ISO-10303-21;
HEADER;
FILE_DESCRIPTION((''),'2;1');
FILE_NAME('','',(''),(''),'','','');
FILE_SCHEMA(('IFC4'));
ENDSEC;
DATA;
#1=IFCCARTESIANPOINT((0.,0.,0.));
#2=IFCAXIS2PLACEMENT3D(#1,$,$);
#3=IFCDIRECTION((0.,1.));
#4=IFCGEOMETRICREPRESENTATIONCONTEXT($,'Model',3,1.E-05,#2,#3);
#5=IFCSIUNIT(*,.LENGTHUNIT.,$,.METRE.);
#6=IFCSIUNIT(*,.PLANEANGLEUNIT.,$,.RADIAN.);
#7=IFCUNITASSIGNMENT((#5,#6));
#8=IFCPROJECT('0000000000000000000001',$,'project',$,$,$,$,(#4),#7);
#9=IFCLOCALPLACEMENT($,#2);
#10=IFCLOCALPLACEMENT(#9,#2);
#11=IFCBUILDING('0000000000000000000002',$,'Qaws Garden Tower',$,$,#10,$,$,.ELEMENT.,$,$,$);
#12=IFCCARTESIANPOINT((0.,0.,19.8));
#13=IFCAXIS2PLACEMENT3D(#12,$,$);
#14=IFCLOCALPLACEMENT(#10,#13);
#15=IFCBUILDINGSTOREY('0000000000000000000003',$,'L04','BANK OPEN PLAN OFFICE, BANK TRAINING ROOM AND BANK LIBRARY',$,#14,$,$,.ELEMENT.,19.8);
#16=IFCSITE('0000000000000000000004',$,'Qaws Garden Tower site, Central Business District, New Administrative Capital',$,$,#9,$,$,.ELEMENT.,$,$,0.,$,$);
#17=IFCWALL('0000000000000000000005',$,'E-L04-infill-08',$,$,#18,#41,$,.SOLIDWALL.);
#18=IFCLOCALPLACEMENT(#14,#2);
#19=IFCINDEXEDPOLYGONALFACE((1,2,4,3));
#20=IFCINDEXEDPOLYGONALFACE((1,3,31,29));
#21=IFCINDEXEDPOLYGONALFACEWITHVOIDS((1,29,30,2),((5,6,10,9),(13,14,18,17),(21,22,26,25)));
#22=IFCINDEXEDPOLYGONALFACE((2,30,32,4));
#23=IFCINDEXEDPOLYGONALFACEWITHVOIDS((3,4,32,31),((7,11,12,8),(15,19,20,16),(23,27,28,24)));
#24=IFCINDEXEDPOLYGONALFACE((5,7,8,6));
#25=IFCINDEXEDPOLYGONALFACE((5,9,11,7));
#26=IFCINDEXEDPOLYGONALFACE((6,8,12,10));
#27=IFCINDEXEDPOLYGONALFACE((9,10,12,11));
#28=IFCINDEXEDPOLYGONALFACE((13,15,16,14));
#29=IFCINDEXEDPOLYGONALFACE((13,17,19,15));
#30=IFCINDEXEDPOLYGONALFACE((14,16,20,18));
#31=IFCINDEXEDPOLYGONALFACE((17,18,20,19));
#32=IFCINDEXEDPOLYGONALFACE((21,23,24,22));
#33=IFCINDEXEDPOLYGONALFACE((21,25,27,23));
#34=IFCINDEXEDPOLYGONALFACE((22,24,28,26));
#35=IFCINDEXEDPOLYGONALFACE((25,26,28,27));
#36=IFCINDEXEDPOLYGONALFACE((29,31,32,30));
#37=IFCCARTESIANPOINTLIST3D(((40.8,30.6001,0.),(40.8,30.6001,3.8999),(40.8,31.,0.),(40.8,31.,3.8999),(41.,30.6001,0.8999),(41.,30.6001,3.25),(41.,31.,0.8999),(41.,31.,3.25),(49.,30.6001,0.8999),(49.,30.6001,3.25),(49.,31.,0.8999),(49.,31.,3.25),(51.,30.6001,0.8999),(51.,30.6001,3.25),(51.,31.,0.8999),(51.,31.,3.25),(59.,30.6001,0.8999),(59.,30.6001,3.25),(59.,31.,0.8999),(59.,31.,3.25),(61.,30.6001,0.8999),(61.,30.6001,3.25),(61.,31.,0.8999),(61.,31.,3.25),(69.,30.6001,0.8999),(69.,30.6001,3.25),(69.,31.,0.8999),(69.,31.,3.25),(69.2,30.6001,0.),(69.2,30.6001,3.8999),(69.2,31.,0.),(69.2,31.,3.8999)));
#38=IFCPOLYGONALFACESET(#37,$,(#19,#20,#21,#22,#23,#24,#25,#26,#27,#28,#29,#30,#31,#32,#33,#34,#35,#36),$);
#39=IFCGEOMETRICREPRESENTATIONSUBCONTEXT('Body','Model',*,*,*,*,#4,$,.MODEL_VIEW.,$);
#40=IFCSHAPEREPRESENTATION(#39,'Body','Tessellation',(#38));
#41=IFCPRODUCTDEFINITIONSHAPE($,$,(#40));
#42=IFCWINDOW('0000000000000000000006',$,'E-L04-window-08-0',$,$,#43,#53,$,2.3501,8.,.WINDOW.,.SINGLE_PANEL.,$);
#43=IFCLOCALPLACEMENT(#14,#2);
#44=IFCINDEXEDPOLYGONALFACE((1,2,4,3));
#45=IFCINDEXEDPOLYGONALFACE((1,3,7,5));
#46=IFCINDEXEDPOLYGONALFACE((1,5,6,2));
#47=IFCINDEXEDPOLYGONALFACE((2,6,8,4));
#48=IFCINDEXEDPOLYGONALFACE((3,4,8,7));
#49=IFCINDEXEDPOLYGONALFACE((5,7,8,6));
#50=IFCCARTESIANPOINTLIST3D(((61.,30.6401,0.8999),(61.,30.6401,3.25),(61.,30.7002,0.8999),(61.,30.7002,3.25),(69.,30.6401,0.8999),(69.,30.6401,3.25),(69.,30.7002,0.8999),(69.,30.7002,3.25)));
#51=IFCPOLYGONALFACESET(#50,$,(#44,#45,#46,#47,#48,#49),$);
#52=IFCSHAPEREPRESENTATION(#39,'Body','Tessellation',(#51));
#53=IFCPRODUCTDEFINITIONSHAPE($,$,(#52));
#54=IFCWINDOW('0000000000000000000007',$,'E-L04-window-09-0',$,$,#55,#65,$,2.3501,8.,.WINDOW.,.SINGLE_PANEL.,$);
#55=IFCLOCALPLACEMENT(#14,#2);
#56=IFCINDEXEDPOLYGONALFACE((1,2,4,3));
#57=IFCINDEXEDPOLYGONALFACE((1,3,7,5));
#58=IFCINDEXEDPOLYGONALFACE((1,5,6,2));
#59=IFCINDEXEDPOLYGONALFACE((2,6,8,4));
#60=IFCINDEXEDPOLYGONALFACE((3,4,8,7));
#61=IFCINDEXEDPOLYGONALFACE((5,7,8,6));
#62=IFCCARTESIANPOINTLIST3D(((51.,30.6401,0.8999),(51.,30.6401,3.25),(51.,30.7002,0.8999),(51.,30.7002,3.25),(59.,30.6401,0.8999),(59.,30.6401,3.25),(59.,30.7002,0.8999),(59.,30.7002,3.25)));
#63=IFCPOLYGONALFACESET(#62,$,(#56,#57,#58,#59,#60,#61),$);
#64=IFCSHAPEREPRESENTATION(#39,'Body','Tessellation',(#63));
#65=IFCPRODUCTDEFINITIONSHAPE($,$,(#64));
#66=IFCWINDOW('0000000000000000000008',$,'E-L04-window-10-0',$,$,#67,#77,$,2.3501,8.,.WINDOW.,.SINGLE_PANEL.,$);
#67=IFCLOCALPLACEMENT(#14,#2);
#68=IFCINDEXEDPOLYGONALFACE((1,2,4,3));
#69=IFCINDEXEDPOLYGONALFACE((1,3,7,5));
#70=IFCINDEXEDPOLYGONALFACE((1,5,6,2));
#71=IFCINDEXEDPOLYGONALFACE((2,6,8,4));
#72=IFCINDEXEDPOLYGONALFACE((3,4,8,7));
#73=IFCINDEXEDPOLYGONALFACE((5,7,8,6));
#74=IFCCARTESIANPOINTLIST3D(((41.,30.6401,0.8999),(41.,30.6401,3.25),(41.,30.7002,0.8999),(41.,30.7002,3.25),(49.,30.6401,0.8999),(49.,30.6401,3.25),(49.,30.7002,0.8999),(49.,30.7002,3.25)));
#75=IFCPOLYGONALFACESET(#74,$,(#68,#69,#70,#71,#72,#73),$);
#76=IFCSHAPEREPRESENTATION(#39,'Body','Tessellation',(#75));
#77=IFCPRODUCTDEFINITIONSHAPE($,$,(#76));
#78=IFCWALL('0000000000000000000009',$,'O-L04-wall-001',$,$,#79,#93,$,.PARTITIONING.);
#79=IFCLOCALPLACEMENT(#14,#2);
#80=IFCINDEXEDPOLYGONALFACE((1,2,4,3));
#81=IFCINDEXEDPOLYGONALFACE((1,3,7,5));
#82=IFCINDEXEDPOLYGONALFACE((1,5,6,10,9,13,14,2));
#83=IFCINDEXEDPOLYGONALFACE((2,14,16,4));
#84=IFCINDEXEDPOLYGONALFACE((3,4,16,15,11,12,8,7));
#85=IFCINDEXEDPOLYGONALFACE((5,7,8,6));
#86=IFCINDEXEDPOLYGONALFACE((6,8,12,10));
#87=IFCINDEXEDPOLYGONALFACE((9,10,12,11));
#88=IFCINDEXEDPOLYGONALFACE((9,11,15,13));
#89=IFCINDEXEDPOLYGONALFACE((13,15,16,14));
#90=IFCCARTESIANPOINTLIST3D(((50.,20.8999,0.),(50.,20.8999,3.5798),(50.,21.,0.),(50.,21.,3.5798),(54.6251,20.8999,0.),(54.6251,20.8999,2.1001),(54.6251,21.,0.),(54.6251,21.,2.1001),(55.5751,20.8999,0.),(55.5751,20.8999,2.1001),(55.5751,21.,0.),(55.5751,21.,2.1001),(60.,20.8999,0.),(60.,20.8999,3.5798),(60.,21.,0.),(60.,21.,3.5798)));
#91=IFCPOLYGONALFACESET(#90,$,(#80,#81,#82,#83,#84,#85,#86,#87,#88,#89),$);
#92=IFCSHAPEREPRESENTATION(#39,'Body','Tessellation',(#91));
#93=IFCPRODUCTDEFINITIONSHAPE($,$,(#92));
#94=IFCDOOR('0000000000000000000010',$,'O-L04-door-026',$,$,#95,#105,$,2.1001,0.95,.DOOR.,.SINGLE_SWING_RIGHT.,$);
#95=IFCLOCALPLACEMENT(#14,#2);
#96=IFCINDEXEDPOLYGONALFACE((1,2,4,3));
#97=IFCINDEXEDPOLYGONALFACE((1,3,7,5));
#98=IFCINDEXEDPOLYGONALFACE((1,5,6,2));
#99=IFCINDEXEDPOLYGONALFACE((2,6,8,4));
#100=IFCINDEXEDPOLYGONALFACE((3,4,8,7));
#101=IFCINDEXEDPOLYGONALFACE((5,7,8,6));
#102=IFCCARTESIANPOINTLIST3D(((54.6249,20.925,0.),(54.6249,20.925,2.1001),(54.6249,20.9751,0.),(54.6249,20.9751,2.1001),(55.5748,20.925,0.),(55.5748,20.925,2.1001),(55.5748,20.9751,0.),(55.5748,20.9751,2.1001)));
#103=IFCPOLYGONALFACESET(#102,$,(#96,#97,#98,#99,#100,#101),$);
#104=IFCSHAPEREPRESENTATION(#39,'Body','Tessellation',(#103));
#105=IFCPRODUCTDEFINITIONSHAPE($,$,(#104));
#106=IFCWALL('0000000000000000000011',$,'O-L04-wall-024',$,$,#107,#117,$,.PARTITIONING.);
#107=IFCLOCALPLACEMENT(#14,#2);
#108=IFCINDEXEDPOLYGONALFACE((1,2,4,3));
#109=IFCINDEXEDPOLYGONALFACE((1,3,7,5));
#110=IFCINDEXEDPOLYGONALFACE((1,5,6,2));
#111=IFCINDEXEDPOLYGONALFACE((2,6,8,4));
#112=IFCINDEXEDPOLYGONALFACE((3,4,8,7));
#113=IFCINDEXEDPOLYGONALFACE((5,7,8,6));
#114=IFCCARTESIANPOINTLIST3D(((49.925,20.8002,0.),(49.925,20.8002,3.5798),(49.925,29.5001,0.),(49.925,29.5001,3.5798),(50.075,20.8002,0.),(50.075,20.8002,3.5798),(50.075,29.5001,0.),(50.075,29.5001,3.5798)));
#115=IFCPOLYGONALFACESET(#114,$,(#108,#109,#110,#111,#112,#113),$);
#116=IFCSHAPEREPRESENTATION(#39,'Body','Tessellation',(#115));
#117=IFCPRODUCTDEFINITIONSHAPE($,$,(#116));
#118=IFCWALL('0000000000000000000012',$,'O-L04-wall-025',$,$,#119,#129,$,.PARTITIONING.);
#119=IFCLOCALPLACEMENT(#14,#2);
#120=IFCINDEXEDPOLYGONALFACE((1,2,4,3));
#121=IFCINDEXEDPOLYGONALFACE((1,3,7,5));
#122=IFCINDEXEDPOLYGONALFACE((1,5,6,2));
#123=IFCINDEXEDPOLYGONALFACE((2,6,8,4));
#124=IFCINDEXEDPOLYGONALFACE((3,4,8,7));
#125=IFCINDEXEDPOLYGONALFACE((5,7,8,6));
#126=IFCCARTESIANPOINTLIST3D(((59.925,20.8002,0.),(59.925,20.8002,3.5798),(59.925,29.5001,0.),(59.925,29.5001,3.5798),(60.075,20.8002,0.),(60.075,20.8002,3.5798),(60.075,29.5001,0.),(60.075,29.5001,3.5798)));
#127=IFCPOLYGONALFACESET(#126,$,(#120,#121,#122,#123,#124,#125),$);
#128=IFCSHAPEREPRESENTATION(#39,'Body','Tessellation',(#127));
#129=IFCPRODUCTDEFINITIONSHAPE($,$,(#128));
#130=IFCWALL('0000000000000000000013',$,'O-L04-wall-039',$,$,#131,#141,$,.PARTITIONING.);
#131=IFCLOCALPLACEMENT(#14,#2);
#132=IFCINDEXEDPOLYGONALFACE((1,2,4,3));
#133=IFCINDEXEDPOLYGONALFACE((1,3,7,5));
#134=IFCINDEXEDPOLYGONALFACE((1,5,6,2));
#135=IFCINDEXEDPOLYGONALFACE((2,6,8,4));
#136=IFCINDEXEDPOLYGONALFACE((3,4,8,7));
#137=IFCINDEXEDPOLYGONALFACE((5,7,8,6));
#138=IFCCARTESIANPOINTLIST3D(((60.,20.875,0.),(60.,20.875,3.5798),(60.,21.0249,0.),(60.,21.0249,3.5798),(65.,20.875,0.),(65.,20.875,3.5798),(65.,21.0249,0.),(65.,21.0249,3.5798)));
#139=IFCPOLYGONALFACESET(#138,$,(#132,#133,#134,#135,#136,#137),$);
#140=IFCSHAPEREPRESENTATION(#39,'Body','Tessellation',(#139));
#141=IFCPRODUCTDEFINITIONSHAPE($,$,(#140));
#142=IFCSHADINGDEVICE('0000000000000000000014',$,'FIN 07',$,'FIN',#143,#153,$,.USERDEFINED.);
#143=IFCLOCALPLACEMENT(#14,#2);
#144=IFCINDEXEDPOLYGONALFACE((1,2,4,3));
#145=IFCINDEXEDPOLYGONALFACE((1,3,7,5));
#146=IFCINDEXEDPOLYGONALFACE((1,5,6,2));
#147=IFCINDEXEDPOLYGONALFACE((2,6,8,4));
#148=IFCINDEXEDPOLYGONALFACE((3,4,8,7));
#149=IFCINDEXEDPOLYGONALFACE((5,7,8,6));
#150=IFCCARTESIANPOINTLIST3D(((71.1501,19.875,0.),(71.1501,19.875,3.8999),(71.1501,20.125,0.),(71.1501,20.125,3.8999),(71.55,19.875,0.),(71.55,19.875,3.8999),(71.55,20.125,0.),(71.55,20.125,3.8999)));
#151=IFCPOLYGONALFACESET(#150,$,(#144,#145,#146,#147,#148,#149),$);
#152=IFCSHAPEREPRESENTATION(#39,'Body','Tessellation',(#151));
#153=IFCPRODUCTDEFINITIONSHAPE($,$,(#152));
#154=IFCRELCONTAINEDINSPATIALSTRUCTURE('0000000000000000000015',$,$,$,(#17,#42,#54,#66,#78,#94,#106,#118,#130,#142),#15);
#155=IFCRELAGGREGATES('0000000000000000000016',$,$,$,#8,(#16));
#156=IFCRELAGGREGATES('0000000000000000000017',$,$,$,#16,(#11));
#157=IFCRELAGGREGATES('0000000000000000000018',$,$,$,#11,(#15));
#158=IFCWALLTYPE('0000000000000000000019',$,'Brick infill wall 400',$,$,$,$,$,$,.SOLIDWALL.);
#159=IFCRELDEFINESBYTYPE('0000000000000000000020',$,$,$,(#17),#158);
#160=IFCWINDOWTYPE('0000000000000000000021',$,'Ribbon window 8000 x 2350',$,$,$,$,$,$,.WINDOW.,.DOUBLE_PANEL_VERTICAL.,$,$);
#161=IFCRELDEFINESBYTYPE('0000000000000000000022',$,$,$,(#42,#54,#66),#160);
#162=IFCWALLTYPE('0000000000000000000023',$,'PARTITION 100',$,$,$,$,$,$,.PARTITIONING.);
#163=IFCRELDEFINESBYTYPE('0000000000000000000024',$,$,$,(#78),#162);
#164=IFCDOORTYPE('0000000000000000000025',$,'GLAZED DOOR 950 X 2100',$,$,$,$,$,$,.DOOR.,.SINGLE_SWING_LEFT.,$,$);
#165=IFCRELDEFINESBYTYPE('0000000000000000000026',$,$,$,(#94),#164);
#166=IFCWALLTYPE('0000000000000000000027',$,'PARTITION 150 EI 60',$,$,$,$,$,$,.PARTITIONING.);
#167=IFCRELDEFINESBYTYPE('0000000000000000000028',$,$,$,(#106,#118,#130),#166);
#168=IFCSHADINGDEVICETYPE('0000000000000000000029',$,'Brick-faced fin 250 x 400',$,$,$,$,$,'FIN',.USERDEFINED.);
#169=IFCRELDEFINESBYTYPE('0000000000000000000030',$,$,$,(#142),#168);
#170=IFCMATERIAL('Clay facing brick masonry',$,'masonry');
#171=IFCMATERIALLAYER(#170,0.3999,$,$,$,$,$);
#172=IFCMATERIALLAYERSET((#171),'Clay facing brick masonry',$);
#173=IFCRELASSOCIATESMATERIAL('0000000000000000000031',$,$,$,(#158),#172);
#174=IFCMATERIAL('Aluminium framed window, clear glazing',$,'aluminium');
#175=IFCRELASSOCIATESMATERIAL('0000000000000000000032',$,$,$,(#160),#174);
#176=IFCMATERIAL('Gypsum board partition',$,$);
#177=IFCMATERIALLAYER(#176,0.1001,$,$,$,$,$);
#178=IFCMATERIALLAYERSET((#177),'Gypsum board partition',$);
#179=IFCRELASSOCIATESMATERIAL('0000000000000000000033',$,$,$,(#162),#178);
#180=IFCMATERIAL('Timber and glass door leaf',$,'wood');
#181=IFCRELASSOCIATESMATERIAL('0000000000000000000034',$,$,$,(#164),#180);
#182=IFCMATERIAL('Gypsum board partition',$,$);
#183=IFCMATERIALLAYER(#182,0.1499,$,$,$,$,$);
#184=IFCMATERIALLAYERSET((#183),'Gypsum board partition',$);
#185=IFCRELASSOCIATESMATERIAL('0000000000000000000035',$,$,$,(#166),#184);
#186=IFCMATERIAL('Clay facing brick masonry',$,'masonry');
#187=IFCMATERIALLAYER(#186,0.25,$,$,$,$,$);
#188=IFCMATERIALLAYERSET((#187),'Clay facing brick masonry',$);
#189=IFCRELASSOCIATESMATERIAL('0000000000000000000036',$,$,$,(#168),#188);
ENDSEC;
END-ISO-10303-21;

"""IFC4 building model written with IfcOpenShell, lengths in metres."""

from ifc_helpers import new_model, si_unit, direction, frame, frame_2d, origin, origin_2d, place, context, subcontext, project, spatial, rectangle, extrude, material, layer, layer_set, type_object, element, fill, save


model = new_model("IFC4")

# Units and contexts
model_context = context("Model", 3, precision=1e-05, world=origin(), true_north=direction((0.0, 1.0)))
body_context = subcontext(model_context, "Body", "Model", "MODEL_VIEW")
ifc_project = project(units=[si_unit("LENGTHUNIT", "METRE"), si_unit("PLANEANGLEUNIT", "RADIAN")], contexts=[model_context])

# Site, building, storey
site_placement = place(None, origin())
site = spatial("IfcSite", under=ifc_project, at=site_placement, Name="Qaws Garden Tower site, Central Business District, New Administrative Capital", CompositionType="ELEMENT", RefElevation=0.0)
building_placement = place(site_placement, origin())
building = spatial("IfcBuilding", under=site, at=building_placement, Name="Qaws Garden Tower", CompositionType="ELEMENT")
storey_placement = place(building_placement, frame((0.0, 0.0, 19.8)))
storey = spatial("IfcBuildingStorey", under=building, at=storey_placement, Name="L04", Description="BANK OPEN PLAN OFFICE, BANK TRAINING ROOM AND BANK LIBRARY", CompositionType="ELEMENT", Elevation=19.8)

# Wall, openings, windows
ifc_material_1 = material(Name="Clay facing brick masonry", Category="masonry")
ifc_layer_1 = layer(ifc_material_1, 0.3999)
ifc_layer_set_1 = layer_set([ifc_layer_1], Name="Clay facing brick masonry")
wall_type_1 = type_object("IfcWallType", Name="Brick infill wall 400", PredefinedType="SOLIDWALL", material=ifc_layer_set_1)
wall_1_placement = place(storey_placement, frame((69.2, 30.8, 0.0), z_axis=(0.0, 0.0, 1.0), x_axis=(-1.0, 0.0, 0.0)))
wall_1 = element("IfcWall", 1, at=wall_1_placement, inside=storey, type_object=wall_type_1, Name="E-L04-infill-08", PredefinedType="SOLIDWALL", context=body_context, shape_type="SweptSolid", body=[
    extrude(rectangle(XDim=28.3999, YDim=0.3999, at=frame_2d((14.2, 0.0))), origin(), (0.0, 0.0, 1.0), 3.8999),
])
opening_1_placement = place(wall_1_placement, frame((0.2, 0.0, 0.8999)))
opening_1 = element("IfcOpeningElement", 2, at=opening_1_placement, cuts=wall_1, PredefinedType="OPENING", context=body_context, shape_type="SweptSolid", body=[
    extrude(rectangle(XDim=8.0, YDim=2.3501, at=frame_2d((4.0, 1.175))), frame((0.0, 0.21, 0.0), z_axis=(0.0, -1.0, 0.0), x_axis=(1.0, 0.0, 0.0)), (0.0, 0.0, 1.0), 0.4199),
])
opening_2_placement = place(wall_1_placement, frame((10.2, 0.0, 0.8999)))
opening_2 = element("IfcOpeningElement", 3, at=opening_2_placement, cuts=wall_1, PredefinedType="OPENING", context=body_context, shape_type="SweptSolid", body=[
    extrude(rectangle(XDim=8.0, YDim=2.3501, at=frame_2d((4.0, 1.175))), frame((0.0, 0.21, 0.0), z_axis=(0.0, -1.0, 0.0), x_axis=(1.0, 0.0, 0.0)), (0.0, 0.0, 1.0), 0.4199),
])
opening_3_placement = place(wall_1_placement, frame((20.2, 0.0, 0.8999)))
opening_3 = element("IfcOpeningElement", 4, at=opening_3_placement, cuts=wall_1, PredefinedType="OPENING", context=body_context, shape_type="SweptSolid", body=[
    extrude(rectangle(XDim=8.0, YDim=2.3501, at=frame_2d((4.0, 1.175))), frame((0.0, 0.21, 0.0), z_axis=(0.0, -1.0, 0.0), x_axis=(1.0, 0.0, 0.0)), (0.0, 0.0, 1.0), 0.4199),
])
ifc_material_2 = material(Name="Aluminium framed window, clear glazing", Category="aluminium")
window_type = type_object("IfcWindowType", Name="Ribbon window 8000 x 2350", PartitioningType="DOUBLE_PANEL_VERTICAL", PredefinedType="WINDOW", material=ifc_material_2)
window_1_placement = place(opening_1_placement, origin())
window_1 = element("IfcWindow", 5, at=window_1_placement, inside=storey, type_object=window_type, Name="E-L04-window-08-0", OverallHeight=2.3501, OverallWidth=8.0, PartitioningType="SINGLE_PANEL", PredefinedType="WINDOW", context=body_context, shape_type="SweptSolid", body=[
    extrude(rectangle(XDim=8.0, YDim=2.3501, at=frame_2d((4.0, 1.175))), frame((0.0, 0.1599, 0.0), z_axis=(0.0, -1.0, 0.0), x_axis=(1.0, 0.0, 0.0)), (0.0, 0.0, 1.0), 0.0601),
])
fill(opening_1, window_1)
window_2_placement = place(opening_2_placement, origin())
window_2 = element("IfcWindow", 6, at=window_2_placement, inside=storey, type_object=window_type, Name="E-L04-window-09-0", OverallHeight=2.3501, OverallWidth=8.0, PartitioningType="SINGLE_PANEL", PredefinedType="WINDOW", context=body_context, shape_type="SweptSolid", body=[
    extrude(rectangle(XDim=8.0, YDim=2.3501, at=frame_2d((4.0, 1.175))), frame((0.0, 0.1599, 0.0), z_axis=(0.0, -1.0, 0.0), x_axis=(1.0, 0.0, 0.0)), (0.0, 0.0, 1.0), 0.0601),
])
fill(opening_2, window_2)
window_3_placement = place(opening_3_placement, origin())
window_3 = element("IfcWindow", 7, at=window_3_placement, inside=storey, type_object=window_type, Name="E-L04-window-10-0", OverallHeight=2.3501, OverallWidth=8.0, PartitioningType="SINGLE_PANEL", PredefinedType="WINDOW", context=body_context, shape_type="SweptSolid", body=[
    extrude(rectangle(XDim=8.0, YDim=2.3501, at=frame_2d((4.0, 1.175))), frame((0.0, 0.1599, 0.0), z_axis=(0.0, -1.0, 0.0), x_axis=(1.0, 0.0, 0.0)), (0.0, 0.0, 1.0), 0.0601),
])
fill(opening_3, window_3)

# Wall, opening, door
ifc_material_3 = material(Name="Gypsum board partition")
ifc_layer_2 = layer(ifc_material_3, 0.1001)
ifc_layer_set_2 = layer_set([ifc_layer_2], Name="Gypsum board partition")
wall_type_2 = type_object("IfcWallType", Name="PARTITION 100", PredefinedType="PARTITIONING", material=ifc_layer_set_2)
wall_2_placement = place(storey_placement, frame((50.0, 20.95, 0.0), z_axis=(0.0, 0.0, 1.0), x_axis=(1.0, 0.0, 0.0)))
wall_2 = element("IfcWall", 8, at=wall_2_placement, inside=storey, type_object=wall_type_2, Name="O-L04-wall-001", PredefinedType="PARTITIONING", context=body_context, shape_type="SweptSolid", body=[
    extrude(rectangle(XDim=10.0, YDim=0.1001, at=frame_2d((5.0, 0.0))), origin(), (0.0, 0.0, 1.0), 3.5798),
])
opening_4_placement = place(wall_2_placement, frame((4.625, 0.0, 0.0)))
opening_4 = element("IfcOpeningElement", 9, at=opening_4_placement, cuts=wall_2, PredefinedType="OPENING", context=body_context, shape_type="SweptSolid", body=[
    extrude(rectangle(XDim=0.95, YDim=2.1001, at=frame_2d((0.4751, 1.05))), frame((0.0, 0.0601, 0.0), z_axis=(0.0, -1.0, 0.0), x_axis=(1.0, 0.0, 0.0)), (0.0, 0.0, 1.0), 0.1201),
])
ifc_material_4 = material(Name="Timber and glass door leaf", Category="wood")
door_type = type_object("IfcDoorType", Name="GLAZED DOOR 950 X 2100", OperationType="SINGLE_SWING_LEFT", PredefinedType="DOOR", material=ifc_material_4)
door_placement = place(opening_4_placement, frame((0.95, 0.0, 0.0), z_axis=(0.0, 0.0, 1.0), x_axis=(-1.0, 0.0, 0.0)))
door = element("IfcDoor", 10, at=door_placement, inside=storey, type_object=door_type, Name="O-L04-door-026", OperationType="SINGLE_SWING_RIGHT", OverallHeight=2.1001, OverallWidth=0.95, PredefinedType="DOOR", context=body_context, shape_type="SweptSolid", body=[
    extrude(rectangle(XDim=0.95, YDim=2.1001, at=frame_2d((0.4751, 1.05))), frame((0.0, 0.0249, 0.0), z_axis=(0.0, -1.0, 0.0), x_axis=(1.0, 0.0, 0.0)), (0.0, 0.0, 1.0), 0.05),
])
fill(opening_4, door)

# Walls
ifc_material_5 = material(Name="Gypsum board partition")
ifc_layer_3 = layer(ifc_material_5, 0.1499)
ifc_layer_set_3 = layer_set([ifc_layer_3], Name="Gypsum board partition")
wall_type_3 = type_object("IfcWallType", Name="PARTITION 150 EI 60", PredefinedType="PARTITIONING", material=ifc_layer_set_3)
for number, where, z_axis, x_axis, name in (
    (11, (50.0, 20.8, 0.0), (0.0, 0.0, 1.0), (0.0, 1.0, 0.0), "O-L04-wall-024"),
    (12, (60.0, 20.8, 0.0), (0.0, 0.0, 1.0), (0.0, 1.0, 0.0), "O-L04-wall-025"),
):
    element("IfcWall", number, at=place(storey_placement, frame(where, z_axis=z_axis, x_axis=x_axis)), inside=storey, type_object=wall_type_3, Name=name, PredefinedType="PARTITIONING", context=body_context, shape_type="SweptSolid", body=[
        extrude(rectangle(XDim=8.7, YDim=0.1499, at=frame_2d((4.3501, 0.0))), origin(), (0.0, 0.0, 1.0), 3.5798),
    ])
wall_3_placement = place(storey_placement, frame((60.0, 20.95, 0.0), z_axis=(0.0, 0.0, 1.0), x_axis=(1.0, 0.0, 0.0)))
element("IfcWall", 13, at=wall_3_placement, inside=storey, type_object=wall_type_3, Name="O-L04-wall-039", PredefinedType="PARTITIONING", context=body_context, shape_type="SweptSolid", body=[
    extrude(rectangle(XDim=5.0, YDim=0.1499, at=frame_2d((2.5, 0.0))), origin(), (0.0, 0.0, 1.0), 3.5798),
])

# Shading device
ifc_material_6 = material(Name="Clay facing brick masonry", Category="masonry")
ifc_layer_4 = layer(ifc_material_6, 0.25)
ifc_layer_set_4 = layer_set([ifc_layer_4], Name="Clay facing brick masonry")
shading_device_type = type_object("IfcShadingDeviceType", Name="Brick-faced fin 250 x 400", ElementType="FIN", PredefinedType="USERDEFINED", material=ifc_layer_set_4)
shading_device_placement = place(storey_placement, frame((71.3501, 20.0, 0.0), z_axis=(0.0, 0.0, 1.0), x_axis=(0.0, 1.0, 0.0)))
element("IfcShadingDevice", 14, at=shading_device_placement, inside=storey, type_object=shading_device_type, Name="FIN 07", ObjectType="FIN", PredefinedType="USERDEFINED", context=body_context, shape_type="SweptSolid", body=[
    extrude(rectangle(XDim=0.25, YDim=0.3999, at=origin_2d()), origin(), (0.0, 0.0, 1.0), 3.8999),
])

save(model, "model.ifc")
